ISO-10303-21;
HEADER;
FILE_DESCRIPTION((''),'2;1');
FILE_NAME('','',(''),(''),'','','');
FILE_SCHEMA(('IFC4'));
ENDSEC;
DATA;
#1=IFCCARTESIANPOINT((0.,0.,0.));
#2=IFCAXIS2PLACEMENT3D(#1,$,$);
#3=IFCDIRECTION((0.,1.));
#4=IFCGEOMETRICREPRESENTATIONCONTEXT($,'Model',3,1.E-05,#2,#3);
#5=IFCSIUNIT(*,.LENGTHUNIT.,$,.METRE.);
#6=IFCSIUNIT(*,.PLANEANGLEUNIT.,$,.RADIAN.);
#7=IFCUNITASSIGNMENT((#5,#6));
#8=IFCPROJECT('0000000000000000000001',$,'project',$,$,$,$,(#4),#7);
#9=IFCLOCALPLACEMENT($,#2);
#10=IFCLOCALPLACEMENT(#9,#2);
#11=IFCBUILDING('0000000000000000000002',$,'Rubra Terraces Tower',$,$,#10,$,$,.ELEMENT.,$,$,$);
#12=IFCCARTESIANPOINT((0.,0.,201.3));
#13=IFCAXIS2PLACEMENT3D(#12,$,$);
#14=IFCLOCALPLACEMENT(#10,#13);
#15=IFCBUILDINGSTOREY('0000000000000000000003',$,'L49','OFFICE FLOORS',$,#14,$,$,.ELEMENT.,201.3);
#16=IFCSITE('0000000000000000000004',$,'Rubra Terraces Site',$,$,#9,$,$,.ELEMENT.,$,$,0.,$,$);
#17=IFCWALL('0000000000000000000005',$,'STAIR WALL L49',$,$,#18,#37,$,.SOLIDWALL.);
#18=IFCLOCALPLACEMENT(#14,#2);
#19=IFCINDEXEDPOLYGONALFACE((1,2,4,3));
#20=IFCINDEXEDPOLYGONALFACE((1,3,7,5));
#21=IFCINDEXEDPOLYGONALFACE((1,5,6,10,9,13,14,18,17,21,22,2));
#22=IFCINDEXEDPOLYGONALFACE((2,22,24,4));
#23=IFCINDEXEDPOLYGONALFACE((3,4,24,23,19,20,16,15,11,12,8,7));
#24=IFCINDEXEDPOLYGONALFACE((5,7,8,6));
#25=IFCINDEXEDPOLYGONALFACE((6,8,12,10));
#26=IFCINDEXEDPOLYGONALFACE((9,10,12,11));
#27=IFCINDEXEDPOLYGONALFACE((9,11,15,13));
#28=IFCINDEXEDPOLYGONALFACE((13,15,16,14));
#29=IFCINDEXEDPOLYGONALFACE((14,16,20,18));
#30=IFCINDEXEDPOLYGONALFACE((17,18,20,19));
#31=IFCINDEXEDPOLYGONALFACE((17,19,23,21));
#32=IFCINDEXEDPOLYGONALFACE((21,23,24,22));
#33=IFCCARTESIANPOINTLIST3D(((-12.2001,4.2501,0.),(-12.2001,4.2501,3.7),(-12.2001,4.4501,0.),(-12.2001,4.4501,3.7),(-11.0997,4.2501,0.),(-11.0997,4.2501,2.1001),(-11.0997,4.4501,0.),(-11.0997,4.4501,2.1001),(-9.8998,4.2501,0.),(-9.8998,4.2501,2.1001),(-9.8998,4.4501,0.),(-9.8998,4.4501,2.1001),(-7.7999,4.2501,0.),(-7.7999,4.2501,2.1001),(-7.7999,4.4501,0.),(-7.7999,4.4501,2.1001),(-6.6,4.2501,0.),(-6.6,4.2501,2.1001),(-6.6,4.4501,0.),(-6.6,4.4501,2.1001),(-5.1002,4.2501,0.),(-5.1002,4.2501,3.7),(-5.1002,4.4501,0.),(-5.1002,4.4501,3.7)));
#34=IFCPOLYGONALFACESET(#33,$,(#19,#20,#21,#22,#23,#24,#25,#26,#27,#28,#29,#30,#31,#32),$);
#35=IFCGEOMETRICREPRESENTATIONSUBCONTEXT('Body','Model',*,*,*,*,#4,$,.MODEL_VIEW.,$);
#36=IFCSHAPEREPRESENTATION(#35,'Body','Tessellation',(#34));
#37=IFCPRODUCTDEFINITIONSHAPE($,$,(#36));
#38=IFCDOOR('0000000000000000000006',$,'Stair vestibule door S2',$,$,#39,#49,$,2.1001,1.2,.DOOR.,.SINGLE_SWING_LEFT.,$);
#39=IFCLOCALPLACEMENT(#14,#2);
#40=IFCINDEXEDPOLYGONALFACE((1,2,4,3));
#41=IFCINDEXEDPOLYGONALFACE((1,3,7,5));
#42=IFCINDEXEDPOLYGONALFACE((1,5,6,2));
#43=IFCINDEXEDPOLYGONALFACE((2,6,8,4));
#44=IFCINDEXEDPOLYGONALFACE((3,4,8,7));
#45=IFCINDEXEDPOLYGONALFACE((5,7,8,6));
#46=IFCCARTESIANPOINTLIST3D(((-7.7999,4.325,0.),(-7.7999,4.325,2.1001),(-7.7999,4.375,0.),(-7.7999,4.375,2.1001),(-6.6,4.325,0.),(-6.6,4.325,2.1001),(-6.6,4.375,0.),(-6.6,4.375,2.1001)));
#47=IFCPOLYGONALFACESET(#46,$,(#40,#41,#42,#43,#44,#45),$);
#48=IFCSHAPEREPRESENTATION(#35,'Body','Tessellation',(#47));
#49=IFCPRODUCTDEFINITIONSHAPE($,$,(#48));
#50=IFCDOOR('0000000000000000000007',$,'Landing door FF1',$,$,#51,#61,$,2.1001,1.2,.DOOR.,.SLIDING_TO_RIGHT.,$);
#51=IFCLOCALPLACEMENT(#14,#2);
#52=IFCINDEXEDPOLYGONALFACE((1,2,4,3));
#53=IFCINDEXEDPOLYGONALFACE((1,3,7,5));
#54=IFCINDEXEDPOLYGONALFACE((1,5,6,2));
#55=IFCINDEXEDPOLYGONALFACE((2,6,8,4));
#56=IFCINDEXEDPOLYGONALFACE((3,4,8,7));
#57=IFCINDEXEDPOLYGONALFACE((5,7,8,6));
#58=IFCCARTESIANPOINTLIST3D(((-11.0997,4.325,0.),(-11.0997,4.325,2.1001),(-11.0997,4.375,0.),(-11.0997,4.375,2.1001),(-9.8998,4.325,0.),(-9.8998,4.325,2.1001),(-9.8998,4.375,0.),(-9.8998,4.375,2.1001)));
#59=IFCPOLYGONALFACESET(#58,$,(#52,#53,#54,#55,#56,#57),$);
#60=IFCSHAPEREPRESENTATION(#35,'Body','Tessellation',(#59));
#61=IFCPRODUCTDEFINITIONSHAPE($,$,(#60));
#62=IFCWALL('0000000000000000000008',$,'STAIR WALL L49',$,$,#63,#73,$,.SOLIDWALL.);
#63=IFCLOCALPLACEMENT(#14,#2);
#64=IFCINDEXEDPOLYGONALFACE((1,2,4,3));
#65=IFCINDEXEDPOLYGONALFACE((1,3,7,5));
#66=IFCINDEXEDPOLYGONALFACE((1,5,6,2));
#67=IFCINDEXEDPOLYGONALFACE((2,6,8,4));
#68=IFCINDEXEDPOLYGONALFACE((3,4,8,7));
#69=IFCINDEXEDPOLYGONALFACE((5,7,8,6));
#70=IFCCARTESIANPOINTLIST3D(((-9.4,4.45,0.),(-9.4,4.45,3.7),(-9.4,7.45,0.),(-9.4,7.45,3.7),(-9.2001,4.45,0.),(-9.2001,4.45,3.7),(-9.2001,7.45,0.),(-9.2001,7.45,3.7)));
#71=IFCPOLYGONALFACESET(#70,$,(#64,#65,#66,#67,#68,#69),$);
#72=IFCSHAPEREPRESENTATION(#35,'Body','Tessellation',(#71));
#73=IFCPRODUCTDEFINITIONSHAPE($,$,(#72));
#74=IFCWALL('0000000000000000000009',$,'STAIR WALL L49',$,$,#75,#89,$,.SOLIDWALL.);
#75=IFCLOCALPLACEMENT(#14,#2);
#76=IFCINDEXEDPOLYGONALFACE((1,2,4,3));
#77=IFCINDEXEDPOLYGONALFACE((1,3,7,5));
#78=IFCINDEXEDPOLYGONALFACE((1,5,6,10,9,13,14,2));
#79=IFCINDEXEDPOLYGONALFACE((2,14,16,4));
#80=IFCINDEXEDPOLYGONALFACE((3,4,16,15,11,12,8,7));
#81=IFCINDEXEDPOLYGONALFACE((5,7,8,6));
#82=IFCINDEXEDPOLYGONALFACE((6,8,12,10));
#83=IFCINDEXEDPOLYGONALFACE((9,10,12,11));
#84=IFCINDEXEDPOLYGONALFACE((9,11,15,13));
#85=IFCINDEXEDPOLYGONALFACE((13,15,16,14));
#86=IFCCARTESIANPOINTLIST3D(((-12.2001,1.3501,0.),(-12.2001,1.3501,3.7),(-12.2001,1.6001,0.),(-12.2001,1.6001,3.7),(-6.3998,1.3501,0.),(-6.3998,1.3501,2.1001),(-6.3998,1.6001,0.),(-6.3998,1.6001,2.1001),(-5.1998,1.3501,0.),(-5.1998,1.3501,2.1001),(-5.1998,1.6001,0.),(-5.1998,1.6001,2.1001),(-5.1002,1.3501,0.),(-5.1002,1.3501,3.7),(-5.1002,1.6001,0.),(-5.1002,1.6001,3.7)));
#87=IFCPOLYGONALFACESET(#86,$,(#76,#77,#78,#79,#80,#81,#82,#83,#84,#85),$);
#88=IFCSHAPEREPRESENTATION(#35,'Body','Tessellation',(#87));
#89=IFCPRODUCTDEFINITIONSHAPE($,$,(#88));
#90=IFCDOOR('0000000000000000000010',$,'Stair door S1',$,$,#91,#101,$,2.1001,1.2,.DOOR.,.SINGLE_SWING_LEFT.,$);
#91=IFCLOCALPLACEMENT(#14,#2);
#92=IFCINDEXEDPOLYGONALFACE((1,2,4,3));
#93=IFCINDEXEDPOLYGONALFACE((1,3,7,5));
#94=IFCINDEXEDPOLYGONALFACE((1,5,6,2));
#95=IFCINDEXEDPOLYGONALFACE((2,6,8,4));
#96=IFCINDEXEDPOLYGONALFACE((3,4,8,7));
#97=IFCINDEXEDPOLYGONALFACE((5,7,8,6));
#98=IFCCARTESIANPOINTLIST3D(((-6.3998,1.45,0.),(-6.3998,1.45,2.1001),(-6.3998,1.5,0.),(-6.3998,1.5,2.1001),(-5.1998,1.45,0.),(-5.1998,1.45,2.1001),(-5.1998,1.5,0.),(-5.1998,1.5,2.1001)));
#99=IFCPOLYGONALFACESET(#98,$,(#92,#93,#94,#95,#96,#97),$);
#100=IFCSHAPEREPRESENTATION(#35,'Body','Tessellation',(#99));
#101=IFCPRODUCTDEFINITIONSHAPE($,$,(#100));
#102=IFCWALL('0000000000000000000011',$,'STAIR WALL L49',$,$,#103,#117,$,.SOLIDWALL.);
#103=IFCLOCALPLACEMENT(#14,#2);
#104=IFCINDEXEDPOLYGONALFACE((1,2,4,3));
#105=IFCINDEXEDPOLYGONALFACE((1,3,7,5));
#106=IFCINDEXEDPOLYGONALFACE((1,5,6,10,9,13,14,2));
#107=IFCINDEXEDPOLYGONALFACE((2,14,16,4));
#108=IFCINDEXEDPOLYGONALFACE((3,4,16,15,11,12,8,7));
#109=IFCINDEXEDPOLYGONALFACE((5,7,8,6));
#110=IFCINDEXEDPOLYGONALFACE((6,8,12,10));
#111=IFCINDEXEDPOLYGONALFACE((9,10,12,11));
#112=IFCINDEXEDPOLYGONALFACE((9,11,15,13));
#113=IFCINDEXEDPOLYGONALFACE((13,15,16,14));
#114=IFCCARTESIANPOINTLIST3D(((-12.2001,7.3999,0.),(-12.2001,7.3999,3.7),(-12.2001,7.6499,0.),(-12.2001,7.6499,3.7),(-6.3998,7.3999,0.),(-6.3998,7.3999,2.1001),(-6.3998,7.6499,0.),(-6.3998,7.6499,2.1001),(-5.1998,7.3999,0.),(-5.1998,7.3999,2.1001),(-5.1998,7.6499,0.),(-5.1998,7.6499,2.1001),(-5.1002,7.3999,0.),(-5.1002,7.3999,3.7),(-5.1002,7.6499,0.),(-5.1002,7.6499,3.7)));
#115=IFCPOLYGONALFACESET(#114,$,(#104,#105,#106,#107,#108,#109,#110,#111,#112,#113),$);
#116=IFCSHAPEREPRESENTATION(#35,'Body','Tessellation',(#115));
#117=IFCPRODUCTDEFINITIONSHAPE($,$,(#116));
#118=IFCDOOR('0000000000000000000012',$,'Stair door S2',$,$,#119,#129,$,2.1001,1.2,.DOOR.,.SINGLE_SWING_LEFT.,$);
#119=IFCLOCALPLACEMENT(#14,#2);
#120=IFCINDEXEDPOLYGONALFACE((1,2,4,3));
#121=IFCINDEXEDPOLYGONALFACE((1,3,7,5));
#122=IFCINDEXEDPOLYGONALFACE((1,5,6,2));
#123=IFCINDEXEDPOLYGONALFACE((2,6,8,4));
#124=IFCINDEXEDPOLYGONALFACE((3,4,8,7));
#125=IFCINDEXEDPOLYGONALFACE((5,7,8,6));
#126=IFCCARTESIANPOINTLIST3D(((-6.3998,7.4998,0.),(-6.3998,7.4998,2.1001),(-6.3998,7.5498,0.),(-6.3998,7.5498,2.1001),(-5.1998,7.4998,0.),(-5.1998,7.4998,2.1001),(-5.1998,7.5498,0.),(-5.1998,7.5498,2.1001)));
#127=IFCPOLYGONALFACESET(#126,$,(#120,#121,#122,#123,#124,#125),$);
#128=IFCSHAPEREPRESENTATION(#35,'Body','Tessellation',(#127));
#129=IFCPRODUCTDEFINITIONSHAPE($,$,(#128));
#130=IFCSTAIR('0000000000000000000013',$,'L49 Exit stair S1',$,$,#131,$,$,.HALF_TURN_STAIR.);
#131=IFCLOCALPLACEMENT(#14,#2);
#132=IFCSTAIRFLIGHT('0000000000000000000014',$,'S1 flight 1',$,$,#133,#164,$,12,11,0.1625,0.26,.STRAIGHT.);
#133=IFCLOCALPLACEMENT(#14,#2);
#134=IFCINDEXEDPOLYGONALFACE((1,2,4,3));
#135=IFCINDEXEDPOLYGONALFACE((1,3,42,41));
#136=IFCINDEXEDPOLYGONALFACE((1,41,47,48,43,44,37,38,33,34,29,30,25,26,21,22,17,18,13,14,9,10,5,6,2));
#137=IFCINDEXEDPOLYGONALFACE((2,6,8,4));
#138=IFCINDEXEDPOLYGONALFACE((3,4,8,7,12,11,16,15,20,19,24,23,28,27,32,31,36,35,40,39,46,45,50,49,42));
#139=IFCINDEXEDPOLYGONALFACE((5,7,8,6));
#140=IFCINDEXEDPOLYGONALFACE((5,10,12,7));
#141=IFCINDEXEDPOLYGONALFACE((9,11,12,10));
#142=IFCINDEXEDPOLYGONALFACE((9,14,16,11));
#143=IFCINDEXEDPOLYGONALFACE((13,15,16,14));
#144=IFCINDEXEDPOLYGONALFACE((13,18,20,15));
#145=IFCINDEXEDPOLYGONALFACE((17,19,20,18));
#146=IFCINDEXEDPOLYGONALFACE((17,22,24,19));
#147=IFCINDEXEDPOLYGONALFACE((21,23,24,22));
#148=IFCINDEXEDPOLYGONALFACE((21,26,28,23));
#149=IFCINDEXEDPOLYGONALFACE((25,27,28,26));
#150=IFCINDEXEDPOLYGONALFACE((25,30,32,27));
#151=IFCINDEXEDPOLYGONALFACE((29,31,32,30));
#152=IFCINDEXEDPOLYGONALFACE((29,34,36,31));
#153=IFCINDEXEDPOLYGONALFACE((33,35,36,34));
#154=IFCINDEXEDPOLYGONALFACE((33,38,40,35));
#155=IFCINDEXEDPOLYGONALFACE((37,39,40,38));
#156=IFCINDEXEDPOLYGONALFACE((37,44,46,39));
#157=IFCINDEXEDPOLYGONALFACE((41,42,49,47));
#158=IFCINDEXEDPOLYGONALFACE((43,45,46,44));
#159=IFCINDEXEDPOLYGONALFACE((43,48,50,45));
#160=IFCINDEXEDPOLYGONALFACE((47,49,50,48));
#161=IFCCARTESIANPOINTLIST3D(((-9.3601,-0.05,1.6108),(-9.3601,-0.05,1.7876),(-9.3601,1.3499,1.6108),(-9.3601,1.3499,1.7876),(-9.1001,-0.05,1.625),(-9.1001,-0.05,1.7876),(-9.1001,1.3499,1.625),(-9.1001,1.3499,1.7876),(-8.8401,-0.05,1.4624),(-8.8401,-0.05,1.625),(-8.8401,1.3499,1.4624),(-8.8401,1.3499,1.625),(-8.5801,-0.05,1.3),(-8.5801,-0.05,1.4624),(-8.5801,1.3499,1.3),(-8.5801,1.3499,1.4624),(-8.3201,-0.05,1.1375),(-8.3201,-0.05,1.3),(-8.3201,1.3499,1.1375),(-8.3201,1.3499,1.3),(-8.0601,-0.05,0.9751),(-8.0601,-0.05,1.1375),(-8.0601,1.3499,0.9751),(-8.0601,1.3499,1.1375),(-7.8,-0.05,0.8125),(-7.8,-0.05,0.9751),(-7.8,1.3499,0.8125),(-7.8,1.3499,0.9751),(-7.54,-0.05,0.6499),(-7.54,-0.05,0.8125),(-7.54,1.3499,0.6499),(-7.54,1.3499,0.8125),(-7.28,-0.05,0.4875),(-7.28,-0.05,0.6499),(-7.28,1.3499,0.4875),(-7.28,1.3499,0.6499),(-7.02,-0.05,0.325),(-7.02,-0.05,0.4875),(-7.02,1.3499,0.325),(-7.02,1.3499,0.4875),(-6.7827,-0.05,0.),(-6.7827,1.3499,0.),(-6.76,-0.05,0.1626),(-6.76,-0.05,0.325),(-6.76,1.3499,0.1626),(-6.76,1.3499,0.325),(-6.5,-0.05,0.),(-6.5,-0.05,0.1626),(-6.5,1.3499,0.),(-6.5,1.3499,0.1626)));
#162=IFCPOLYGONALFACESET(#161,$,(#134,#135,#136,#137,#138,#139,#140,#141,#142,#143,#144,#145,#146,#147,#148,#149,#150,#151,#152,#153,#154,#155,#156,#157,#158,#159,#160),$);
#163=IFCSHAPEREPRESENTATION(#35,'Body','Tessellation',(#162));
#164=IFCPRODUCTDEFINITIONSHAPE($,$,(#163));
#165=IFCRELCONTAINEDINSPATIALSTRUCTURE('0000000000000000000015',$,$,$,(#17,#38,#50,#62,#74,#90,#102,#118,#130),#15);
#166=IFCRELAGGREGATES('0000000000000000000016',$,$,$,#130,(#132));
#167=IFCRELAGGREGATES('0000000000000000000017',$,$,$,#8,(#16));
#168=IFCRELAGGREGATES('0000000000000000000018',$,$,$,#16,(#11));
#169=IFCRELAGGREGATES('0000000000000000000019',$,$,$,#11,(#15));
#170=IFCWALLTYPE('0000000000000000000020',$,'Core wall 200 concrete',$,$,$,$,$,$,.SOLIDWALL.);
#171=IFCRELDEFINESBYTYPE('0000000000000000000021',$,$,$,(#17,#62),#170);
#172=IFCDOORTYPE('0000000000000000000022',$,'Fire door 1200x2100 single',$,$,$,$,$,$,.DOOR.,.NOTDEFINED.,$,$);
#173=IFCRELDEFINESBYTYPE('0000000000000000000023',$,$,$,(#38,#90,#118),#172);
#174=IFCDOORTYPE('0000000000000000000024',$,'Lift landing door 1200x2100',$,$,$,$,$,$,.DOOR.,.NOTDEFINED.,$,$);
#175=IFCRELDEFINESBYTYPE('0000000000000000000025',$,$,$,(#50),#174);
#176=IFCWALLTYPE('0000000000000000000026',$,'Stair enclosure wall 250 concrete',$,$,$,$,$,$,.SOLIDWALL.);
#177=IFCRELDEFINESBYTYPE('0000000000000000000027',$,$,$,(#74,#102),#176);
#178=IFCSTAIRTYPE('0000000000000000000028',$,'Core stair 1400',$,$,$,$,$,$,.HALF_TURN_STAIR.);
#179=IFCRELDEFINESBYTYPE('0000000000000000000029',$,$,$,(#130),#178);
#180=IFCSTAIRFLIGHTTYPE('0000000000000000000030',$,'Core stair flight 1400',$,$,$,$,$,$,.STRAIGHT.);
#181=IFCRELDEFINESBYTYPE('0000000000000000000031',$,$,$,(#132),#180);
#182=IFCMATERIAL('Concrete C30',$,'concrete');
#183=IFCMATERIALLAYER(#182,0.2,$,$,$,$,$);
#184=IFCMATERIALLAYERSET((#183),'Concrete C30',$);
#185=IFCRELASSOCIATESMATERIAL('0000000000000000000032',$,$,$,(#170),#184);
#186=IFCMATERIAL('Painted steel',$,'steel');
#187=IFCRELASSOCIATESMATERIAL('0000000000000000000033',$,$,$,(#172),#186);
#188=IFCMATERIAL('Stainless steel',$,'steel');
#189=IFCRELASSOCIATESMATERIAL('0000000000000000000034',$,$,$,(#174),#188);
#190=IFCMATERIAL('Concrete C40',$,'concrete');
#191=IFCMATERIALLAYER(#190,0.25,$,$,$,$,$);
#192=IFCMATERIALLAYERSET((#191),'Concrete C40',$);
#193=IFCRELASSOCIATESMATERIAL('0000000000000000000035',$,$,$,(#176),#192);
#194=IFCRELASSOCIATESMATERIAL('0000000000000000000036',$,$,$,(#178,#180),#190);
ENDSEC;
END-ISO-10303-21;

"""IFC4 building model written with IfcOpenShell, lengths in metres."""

from ifc_helpers import new_model, si_unit, direction, frame, frame_2d, origin, place, context, subcontext, project, spatial, polyline, rectangle, outline, extrude, material, layer, layer_set, type_object, element, fill, aggregate, save


model = new_model("IFC4")

# Units and contexts
model_context = context("Model", 3, precision=1e-05, world=origin(), true_north=direction((0.0, 1.0)))
body_context = subcontext(model_context, "Body", "Model", "MODEL_VIEW")
ifc_project = project(units=[si_unit("LENGTHUNIT", "METRE"), si_unit("PLANEANGLEUNIT", "RADIAN")], contexts=[model_context])

# Site, building, storey
site_placement = place(None, origin())
site = spatial("IfcSite", under=ifc_project, at=site_placement, Name="Rubra Terraces Site", CompositionType="ELEMENT", RefElevation=0.0)
building_placement = place(site_placement, origin())
building = spatial("IfcBuilding", under=site, at=building_placement, Name="Rubra Terraces Tower", CompositionType="ELEMENT")
storey_placement = place(building_placement, frame((0.0, 0.0, 201.3)))
storey = spatial("IfcBuildingStorey", under=building, at=storey_placement, Name="L49", Description="OFFICE FLOORS", CompositionType="ELEMENT", Elevation=201.3)

# Shared definitions
ifc_material_1 = material(Name="Painted steel", Category="steel")

# Shared definitions
ifc_material_2 = material(Name="Concrete C40", Category="concrete")

# Wall, openings, doors
ifc_material_3 = material(Name="Concrete C30", Category="concrete")
ifc_layer_1 = layer(ifc_material_3, 0.2)
ifc_layer_set_1 = layer_set([ifc_layer_1], Name="Concrete C30")
wall_type_1 = type_object("IfcWallType", Name="Core wall 200 concrete", PredefinedType="SOLIDWALL", material=ifc_layer_set_1)
wall_1_placement = place(storey_placement, frame((-12.2, 4.3501, 0.0), z_axis=(0.0, 0.0, 1.0), x_axis=(1.0, 0.0, 0.0)))
wall_1 = element("IfcWall", 1, at=wall_1_placement, inside=storey, type_object=wall_type_1, Name="STAIR WALL L49", PredefinedType="SOLIDWALL", context=body_context, shape_type="SweptSolid", body=[
    extrude(rectangle(XDim=7.0999, YDim=0.2, at=frame_2d((3.5498, 0.0))), origin(), (0.0, 0.0, 1.0), 3.7),
])
opening_1_placement = place(wall_1_placement, frame((4.3999, 0.0, 0.0)))
opening_1 = element("IfcOpeningElement", 2, at=opening_1_placement, cuts=wall_1, PredefinedType="OPENING", context=body_context, shape_type="SweptSolid", body=[
    extrude(rectangle(XDim=1.2, YDim=2.1001, at=frame_2d((0.6001, 1.05))), frame((0.0, 0.1099, 0.0), z_axis=(0.0, -1.0, 0.0), x_axis=(1.0, 0.0, 0.0)), (0.0, 0.0, 1.0), 0.22),
])
opening_2_placement = place(wall_1_placement, frame((1.1001, 0.0, 0.0)))
opening_2 = element("IfcOpeningElement", 3, at=opening_2_placement, cuts=wall_1, PredefinedType="OPENING", context=body_context, shape_type="SweptSolid", body=[
    extrude(rectangle(XDim=1.2, YDim=2.1001, at=frame_2d((0.6001, 1.05))), frame((0.0, 0.1099, 0.0), z_axis=(0.0, -1.0, 0.0), x_axis=(1.0, 0.0, 0.0)), (0.0, 0.0, 1.0), 0.22),
])
door_type_1 = type_object("IfcDoorType", Name="Fire door 1200x2100 single", OperationType="NOTDEFINED", PredefinedType="DOOR", material=ifc_material_1)
door_1_placement = place(opening_1_placement, origin())
door_1 = element("IfcDoor", 4, at=door_1_placement, inside=storey, type_object=door_type_1, Name="Stair vestibule door S2", OperationType="SINGLE_SWING_LEFT", OverallHeight=2.1001, OverallWidth=1.2, PredefinedType="DOOR", context=body_context, shape_type="SweptSolid", body=[
    extrude(rectangle(XDim=1.2, YDim=2.1001, at=frame_2d((0.6001, 1.05))), frame((0.0, 0.0249, 0.0), z_axis=(0.0, -1.0, 0.0), x_axis=(1.0, 0.0, 0.0)), (0.0, 0.0, 1.0), 0.05),
])
fill(opening_1, door_1)
ifc_material_4 = material(Name="Stainless steel", Category="steel")
door_type_2 = type_object("IfcDoorType", Name="Lift landing door 1200x2100", OperationType="NOTDEFINED", PredefinedType="DOOR", material=ifc_material_4)
door_2_placement = place(opening_2_placement, origin())
door_2 = element("IfcDoor", 5, at=door_2_placement, inside=storey, type_object=door_type_2, Name="Landing door FF1", OperationType="SLIDING_TO_RIGHT", OverallHeight=2.1001, OverallWidth=1.2, PredefinedType="DOOR", context=body_context, shape_type="SweptSolid", body=[
    extrude(rectangle(XDim=1.2, YDim=2.1001, at=frame_2d((0.6001, 1.05))), frame((0.0, 0.0249, 0.0), z_axis=(0.0, -1.0, 0.0), x_axis=(1.0, 0.0, 0.0)), (0.0, 0.0, 1.0), 0.05),
])
fill(opening_2, door_2)

# Wall
wall_2_placement = place(storey_placement, frame((-9.3, 4.45, 0.0), z_axis=(0.0, 0.0, 1.0), x_axis=(0.0, 1.0, 0.0)))
element("IfcWall", 6, at=wall_2_placement, inside=storey, type_object=wall_type_1, Name="STAIR WALL L49", PredefinedType="SOLIDWALL", context=body_context, shape_type="SweptSolid", body=[
    extrude(rectangle(XDim=3.0, YDim=0.2, at=frame_2d((1.5, 0.0))), origin(), (0.0, 0.0, 1.0), 3.7),
])

# Walls, openings, doors
ifc_layer_2 = layer(ifc_material_2, 0.25)
ifc_layer_set_2 = layer_set([ifc_layer_2], Name="Concrete C40")
wall_type_2 = type_object("IfcWallType", Name="Stair enclosure wall 250 concrete", PredefinedType="SOLIDWALL", material=ifc_layer_set_2)
wall_3_placement = place(storey_placement, frame((-12.2, 1.4751, 0.0), z_axis=(0.0, 0.0, 1.0), x_axis=(1.0, 0.0, 0.0)))
wall_3 = element("IfcWall", 7, at=wall_3_placement, inside=storey, type_object=wall_type_2, Name="STAIR WALL L49", PredefinedType="SOLIDWALL", context=body_context, shape_type="SweptSolid", body=[
    extrude(rectangle(XDim=7.0999, YDim=0.25, at=frame_2d((3.5498, 0.0))), origin(), (0.0, 0.0, 1.0), 3.7),
])
opening_3_placement = place(wall_3_placement, frame((5.8, 0.0, 0.0)))
opening_3 = element("IfcOpeningElement", 8, at=opening_3_placement, cuts=wall_3, PredefinedType="OPENING", context=body_context, shape_type="SweptSolid", body=[
    extrude(rectangle(XDim=1.2, YDim=2.1001, at=frame_2d((0.6001, 1.05))), frame((0.0, 0.135, 0.0), z_axis=(0.0, -1.0, 0.0), x_axis=(1.0, 0.0, 0.0)), (0.0, 0.0, 1.0), 0.27),
])
door_3_placement = place(opening_3_placement, origin())
door_3 = element("IfcDoor", 9, at=door_3_placement, inside=storey, type_object=door_type_1, Name="Stair door S1", OperationType="SINGLE_SWING_LEFT", OverallHeight=2.1001, OverallWidth=1.2, PredefinedType="DOOR", context=body_context, shape_type="SweptSolid", body=[
    extrude(rectangle(XDim=1.2, YDim=2.1001, at=frame_2d((0.6001, 1.05))), frame((0.0, 0.0249, 0.0), z_axis=(0.0, -1.0, 0.0), x_axis=(1.0, 0.0, 0.0)), (0.0, 0.0, 1.0), 0.05),
])
fill(opening_3, door_3)
wall_4_placement = place(storey_placement, frame((-12.2, 7.5249, 0.0), z_axis=(0.0, 0.0, 1.0), x_axis=(1.0, 0.0, 0.0)))
wall_4 = element("IfcWall", 10, at=wall_4_placement, inside=storey, type_object=wall_type_2, Name="STAIR WALL L49", PredefinedType="SOLIDWALL", context=body_context, shape_type="SweptSolid", body=[
    extrude(rectangle(XDim=7.0999, YDim=0.25, at=frame_2d((3.5498, 0.0))), origin(), (0.0, 0.0, 1.0), 3.7),
])
opening_4_placement = place(wall_4_placement, frame((5.8, 0.0, 0.0)))
opening_4 = element("IfcOpeningElement", 11, at=opening_4_placement, cuts=wall_4, PredefinedType="OPENING", context=body_context, shape_type="SweptSolid", body=[
    extrude(rectangle(XDim=1.2, YDim=2.1001, at=frame_2d((0.6001, 1.05))), frame((0.0, 0.135, 0.0), z_axis=(0.0, -1.0, 0.0), x_axis=(1.0, 0.0, 0.0)), (0.0, 0.0, 1.0), 0.27),
])
door_4_placement = place(opening_4_placement, origin())
door_4 = element("IfcDoor", 12, at=door_4_placement, inside=storey, type_object=door_type_1, Name="Stair door S2", OperationType="SINGLE_SWING_LEFT", OverallHeight=2.1001, OverallWidth=1.2, PredefinedType="DOOR", context=body_context, shape_type="SweptSolid", body=[
    extrude(rectangle(XDim=1.2, YDim=2.1001, at=frame_2d((0.6001, 1.05))), frame((0.0, 0.0249, 0.0), z_axis=(0.0, -1.0, 0.0), x_axis=(1.0, 0.0, 0.0)), (0.0, 0.0, 1.0), 0.05),
])
fill(opening_4, door_4)

# Stair, stair flight
stair_type = type_object("IfcStairType", Name="Core stair 1400", PredefinedType="HALF_TURN_STAIR", material=ifc_material_2)
stair_1_placement = place(storey_placement, origin())
stair_1 = element("IfcStair", 13, at=stair_1_placement, inside=storey, type_object=stair_type, Name="L49 Exit stair S1", PredefinedType="HALF_TURN_STAIR")
stair_flight_type = type_object("IfcStairFlightType", Name="Core stair flight 1400", PredefinedType="STRAIGHT", material=ifc_material_2)
stair_flight_1_placement = place(storey_placement, frame((-6.5, 0.6499, 0.0), z_axis=(0.0, 0.0, 1.0), x_axis=(-1.0, 0.0, 0.0)))
stair_flight_1 = element("IfcStairFlight", 14, at=stair_flight_1_placement, type_object=stair_flight_type, Name="S1 flight 1", NumberOfRisers=12, NumberOfTreads=11, PredefinedType="STRAIGHT", RiserHeight=0.1625, TreadLength=0.26, context=body_context, shape_type="SweptSolid", body=[
    extrude(outline(polyline([(0.0, 0.0), (0.0, 0.1626), (0.26, 0.1626), (0.26, 0.325), (0.52, 0.325), (0.52, 0.4875), (0.78, 0.4875), (0.78, 0.6499), (1.04, 0.6499), (1.04, 0.8125), (1.3, 0.8125), (1.3, 0.9751), (1.5601, 0.9751), (1.5601, 1.1375), (1.8201, 1.1375), (1.8201, 1.3), (2.0801, 1.3), (2.0801, 1.4624), (2.3401, 1.4624), (2.3401, 1.625), (2.6001, 1.625), (2.6001, 1.7876), (2.8601, 1.7876), (2.8601, 1.95), (2.8601, 1.6108), (0.2827, 0.0), (0.0, 0.0)])), frame((0.0, 0.7, 0.0), z_axis=(0.0, -1.0, 0.0), x_axis=(1.0, 0.0, 0.0)), (0.0, 0.0, 1.0), 1.3999),
])
aggregate(stair_1, [stair_flight_1])

save(model, "model.ifc")
